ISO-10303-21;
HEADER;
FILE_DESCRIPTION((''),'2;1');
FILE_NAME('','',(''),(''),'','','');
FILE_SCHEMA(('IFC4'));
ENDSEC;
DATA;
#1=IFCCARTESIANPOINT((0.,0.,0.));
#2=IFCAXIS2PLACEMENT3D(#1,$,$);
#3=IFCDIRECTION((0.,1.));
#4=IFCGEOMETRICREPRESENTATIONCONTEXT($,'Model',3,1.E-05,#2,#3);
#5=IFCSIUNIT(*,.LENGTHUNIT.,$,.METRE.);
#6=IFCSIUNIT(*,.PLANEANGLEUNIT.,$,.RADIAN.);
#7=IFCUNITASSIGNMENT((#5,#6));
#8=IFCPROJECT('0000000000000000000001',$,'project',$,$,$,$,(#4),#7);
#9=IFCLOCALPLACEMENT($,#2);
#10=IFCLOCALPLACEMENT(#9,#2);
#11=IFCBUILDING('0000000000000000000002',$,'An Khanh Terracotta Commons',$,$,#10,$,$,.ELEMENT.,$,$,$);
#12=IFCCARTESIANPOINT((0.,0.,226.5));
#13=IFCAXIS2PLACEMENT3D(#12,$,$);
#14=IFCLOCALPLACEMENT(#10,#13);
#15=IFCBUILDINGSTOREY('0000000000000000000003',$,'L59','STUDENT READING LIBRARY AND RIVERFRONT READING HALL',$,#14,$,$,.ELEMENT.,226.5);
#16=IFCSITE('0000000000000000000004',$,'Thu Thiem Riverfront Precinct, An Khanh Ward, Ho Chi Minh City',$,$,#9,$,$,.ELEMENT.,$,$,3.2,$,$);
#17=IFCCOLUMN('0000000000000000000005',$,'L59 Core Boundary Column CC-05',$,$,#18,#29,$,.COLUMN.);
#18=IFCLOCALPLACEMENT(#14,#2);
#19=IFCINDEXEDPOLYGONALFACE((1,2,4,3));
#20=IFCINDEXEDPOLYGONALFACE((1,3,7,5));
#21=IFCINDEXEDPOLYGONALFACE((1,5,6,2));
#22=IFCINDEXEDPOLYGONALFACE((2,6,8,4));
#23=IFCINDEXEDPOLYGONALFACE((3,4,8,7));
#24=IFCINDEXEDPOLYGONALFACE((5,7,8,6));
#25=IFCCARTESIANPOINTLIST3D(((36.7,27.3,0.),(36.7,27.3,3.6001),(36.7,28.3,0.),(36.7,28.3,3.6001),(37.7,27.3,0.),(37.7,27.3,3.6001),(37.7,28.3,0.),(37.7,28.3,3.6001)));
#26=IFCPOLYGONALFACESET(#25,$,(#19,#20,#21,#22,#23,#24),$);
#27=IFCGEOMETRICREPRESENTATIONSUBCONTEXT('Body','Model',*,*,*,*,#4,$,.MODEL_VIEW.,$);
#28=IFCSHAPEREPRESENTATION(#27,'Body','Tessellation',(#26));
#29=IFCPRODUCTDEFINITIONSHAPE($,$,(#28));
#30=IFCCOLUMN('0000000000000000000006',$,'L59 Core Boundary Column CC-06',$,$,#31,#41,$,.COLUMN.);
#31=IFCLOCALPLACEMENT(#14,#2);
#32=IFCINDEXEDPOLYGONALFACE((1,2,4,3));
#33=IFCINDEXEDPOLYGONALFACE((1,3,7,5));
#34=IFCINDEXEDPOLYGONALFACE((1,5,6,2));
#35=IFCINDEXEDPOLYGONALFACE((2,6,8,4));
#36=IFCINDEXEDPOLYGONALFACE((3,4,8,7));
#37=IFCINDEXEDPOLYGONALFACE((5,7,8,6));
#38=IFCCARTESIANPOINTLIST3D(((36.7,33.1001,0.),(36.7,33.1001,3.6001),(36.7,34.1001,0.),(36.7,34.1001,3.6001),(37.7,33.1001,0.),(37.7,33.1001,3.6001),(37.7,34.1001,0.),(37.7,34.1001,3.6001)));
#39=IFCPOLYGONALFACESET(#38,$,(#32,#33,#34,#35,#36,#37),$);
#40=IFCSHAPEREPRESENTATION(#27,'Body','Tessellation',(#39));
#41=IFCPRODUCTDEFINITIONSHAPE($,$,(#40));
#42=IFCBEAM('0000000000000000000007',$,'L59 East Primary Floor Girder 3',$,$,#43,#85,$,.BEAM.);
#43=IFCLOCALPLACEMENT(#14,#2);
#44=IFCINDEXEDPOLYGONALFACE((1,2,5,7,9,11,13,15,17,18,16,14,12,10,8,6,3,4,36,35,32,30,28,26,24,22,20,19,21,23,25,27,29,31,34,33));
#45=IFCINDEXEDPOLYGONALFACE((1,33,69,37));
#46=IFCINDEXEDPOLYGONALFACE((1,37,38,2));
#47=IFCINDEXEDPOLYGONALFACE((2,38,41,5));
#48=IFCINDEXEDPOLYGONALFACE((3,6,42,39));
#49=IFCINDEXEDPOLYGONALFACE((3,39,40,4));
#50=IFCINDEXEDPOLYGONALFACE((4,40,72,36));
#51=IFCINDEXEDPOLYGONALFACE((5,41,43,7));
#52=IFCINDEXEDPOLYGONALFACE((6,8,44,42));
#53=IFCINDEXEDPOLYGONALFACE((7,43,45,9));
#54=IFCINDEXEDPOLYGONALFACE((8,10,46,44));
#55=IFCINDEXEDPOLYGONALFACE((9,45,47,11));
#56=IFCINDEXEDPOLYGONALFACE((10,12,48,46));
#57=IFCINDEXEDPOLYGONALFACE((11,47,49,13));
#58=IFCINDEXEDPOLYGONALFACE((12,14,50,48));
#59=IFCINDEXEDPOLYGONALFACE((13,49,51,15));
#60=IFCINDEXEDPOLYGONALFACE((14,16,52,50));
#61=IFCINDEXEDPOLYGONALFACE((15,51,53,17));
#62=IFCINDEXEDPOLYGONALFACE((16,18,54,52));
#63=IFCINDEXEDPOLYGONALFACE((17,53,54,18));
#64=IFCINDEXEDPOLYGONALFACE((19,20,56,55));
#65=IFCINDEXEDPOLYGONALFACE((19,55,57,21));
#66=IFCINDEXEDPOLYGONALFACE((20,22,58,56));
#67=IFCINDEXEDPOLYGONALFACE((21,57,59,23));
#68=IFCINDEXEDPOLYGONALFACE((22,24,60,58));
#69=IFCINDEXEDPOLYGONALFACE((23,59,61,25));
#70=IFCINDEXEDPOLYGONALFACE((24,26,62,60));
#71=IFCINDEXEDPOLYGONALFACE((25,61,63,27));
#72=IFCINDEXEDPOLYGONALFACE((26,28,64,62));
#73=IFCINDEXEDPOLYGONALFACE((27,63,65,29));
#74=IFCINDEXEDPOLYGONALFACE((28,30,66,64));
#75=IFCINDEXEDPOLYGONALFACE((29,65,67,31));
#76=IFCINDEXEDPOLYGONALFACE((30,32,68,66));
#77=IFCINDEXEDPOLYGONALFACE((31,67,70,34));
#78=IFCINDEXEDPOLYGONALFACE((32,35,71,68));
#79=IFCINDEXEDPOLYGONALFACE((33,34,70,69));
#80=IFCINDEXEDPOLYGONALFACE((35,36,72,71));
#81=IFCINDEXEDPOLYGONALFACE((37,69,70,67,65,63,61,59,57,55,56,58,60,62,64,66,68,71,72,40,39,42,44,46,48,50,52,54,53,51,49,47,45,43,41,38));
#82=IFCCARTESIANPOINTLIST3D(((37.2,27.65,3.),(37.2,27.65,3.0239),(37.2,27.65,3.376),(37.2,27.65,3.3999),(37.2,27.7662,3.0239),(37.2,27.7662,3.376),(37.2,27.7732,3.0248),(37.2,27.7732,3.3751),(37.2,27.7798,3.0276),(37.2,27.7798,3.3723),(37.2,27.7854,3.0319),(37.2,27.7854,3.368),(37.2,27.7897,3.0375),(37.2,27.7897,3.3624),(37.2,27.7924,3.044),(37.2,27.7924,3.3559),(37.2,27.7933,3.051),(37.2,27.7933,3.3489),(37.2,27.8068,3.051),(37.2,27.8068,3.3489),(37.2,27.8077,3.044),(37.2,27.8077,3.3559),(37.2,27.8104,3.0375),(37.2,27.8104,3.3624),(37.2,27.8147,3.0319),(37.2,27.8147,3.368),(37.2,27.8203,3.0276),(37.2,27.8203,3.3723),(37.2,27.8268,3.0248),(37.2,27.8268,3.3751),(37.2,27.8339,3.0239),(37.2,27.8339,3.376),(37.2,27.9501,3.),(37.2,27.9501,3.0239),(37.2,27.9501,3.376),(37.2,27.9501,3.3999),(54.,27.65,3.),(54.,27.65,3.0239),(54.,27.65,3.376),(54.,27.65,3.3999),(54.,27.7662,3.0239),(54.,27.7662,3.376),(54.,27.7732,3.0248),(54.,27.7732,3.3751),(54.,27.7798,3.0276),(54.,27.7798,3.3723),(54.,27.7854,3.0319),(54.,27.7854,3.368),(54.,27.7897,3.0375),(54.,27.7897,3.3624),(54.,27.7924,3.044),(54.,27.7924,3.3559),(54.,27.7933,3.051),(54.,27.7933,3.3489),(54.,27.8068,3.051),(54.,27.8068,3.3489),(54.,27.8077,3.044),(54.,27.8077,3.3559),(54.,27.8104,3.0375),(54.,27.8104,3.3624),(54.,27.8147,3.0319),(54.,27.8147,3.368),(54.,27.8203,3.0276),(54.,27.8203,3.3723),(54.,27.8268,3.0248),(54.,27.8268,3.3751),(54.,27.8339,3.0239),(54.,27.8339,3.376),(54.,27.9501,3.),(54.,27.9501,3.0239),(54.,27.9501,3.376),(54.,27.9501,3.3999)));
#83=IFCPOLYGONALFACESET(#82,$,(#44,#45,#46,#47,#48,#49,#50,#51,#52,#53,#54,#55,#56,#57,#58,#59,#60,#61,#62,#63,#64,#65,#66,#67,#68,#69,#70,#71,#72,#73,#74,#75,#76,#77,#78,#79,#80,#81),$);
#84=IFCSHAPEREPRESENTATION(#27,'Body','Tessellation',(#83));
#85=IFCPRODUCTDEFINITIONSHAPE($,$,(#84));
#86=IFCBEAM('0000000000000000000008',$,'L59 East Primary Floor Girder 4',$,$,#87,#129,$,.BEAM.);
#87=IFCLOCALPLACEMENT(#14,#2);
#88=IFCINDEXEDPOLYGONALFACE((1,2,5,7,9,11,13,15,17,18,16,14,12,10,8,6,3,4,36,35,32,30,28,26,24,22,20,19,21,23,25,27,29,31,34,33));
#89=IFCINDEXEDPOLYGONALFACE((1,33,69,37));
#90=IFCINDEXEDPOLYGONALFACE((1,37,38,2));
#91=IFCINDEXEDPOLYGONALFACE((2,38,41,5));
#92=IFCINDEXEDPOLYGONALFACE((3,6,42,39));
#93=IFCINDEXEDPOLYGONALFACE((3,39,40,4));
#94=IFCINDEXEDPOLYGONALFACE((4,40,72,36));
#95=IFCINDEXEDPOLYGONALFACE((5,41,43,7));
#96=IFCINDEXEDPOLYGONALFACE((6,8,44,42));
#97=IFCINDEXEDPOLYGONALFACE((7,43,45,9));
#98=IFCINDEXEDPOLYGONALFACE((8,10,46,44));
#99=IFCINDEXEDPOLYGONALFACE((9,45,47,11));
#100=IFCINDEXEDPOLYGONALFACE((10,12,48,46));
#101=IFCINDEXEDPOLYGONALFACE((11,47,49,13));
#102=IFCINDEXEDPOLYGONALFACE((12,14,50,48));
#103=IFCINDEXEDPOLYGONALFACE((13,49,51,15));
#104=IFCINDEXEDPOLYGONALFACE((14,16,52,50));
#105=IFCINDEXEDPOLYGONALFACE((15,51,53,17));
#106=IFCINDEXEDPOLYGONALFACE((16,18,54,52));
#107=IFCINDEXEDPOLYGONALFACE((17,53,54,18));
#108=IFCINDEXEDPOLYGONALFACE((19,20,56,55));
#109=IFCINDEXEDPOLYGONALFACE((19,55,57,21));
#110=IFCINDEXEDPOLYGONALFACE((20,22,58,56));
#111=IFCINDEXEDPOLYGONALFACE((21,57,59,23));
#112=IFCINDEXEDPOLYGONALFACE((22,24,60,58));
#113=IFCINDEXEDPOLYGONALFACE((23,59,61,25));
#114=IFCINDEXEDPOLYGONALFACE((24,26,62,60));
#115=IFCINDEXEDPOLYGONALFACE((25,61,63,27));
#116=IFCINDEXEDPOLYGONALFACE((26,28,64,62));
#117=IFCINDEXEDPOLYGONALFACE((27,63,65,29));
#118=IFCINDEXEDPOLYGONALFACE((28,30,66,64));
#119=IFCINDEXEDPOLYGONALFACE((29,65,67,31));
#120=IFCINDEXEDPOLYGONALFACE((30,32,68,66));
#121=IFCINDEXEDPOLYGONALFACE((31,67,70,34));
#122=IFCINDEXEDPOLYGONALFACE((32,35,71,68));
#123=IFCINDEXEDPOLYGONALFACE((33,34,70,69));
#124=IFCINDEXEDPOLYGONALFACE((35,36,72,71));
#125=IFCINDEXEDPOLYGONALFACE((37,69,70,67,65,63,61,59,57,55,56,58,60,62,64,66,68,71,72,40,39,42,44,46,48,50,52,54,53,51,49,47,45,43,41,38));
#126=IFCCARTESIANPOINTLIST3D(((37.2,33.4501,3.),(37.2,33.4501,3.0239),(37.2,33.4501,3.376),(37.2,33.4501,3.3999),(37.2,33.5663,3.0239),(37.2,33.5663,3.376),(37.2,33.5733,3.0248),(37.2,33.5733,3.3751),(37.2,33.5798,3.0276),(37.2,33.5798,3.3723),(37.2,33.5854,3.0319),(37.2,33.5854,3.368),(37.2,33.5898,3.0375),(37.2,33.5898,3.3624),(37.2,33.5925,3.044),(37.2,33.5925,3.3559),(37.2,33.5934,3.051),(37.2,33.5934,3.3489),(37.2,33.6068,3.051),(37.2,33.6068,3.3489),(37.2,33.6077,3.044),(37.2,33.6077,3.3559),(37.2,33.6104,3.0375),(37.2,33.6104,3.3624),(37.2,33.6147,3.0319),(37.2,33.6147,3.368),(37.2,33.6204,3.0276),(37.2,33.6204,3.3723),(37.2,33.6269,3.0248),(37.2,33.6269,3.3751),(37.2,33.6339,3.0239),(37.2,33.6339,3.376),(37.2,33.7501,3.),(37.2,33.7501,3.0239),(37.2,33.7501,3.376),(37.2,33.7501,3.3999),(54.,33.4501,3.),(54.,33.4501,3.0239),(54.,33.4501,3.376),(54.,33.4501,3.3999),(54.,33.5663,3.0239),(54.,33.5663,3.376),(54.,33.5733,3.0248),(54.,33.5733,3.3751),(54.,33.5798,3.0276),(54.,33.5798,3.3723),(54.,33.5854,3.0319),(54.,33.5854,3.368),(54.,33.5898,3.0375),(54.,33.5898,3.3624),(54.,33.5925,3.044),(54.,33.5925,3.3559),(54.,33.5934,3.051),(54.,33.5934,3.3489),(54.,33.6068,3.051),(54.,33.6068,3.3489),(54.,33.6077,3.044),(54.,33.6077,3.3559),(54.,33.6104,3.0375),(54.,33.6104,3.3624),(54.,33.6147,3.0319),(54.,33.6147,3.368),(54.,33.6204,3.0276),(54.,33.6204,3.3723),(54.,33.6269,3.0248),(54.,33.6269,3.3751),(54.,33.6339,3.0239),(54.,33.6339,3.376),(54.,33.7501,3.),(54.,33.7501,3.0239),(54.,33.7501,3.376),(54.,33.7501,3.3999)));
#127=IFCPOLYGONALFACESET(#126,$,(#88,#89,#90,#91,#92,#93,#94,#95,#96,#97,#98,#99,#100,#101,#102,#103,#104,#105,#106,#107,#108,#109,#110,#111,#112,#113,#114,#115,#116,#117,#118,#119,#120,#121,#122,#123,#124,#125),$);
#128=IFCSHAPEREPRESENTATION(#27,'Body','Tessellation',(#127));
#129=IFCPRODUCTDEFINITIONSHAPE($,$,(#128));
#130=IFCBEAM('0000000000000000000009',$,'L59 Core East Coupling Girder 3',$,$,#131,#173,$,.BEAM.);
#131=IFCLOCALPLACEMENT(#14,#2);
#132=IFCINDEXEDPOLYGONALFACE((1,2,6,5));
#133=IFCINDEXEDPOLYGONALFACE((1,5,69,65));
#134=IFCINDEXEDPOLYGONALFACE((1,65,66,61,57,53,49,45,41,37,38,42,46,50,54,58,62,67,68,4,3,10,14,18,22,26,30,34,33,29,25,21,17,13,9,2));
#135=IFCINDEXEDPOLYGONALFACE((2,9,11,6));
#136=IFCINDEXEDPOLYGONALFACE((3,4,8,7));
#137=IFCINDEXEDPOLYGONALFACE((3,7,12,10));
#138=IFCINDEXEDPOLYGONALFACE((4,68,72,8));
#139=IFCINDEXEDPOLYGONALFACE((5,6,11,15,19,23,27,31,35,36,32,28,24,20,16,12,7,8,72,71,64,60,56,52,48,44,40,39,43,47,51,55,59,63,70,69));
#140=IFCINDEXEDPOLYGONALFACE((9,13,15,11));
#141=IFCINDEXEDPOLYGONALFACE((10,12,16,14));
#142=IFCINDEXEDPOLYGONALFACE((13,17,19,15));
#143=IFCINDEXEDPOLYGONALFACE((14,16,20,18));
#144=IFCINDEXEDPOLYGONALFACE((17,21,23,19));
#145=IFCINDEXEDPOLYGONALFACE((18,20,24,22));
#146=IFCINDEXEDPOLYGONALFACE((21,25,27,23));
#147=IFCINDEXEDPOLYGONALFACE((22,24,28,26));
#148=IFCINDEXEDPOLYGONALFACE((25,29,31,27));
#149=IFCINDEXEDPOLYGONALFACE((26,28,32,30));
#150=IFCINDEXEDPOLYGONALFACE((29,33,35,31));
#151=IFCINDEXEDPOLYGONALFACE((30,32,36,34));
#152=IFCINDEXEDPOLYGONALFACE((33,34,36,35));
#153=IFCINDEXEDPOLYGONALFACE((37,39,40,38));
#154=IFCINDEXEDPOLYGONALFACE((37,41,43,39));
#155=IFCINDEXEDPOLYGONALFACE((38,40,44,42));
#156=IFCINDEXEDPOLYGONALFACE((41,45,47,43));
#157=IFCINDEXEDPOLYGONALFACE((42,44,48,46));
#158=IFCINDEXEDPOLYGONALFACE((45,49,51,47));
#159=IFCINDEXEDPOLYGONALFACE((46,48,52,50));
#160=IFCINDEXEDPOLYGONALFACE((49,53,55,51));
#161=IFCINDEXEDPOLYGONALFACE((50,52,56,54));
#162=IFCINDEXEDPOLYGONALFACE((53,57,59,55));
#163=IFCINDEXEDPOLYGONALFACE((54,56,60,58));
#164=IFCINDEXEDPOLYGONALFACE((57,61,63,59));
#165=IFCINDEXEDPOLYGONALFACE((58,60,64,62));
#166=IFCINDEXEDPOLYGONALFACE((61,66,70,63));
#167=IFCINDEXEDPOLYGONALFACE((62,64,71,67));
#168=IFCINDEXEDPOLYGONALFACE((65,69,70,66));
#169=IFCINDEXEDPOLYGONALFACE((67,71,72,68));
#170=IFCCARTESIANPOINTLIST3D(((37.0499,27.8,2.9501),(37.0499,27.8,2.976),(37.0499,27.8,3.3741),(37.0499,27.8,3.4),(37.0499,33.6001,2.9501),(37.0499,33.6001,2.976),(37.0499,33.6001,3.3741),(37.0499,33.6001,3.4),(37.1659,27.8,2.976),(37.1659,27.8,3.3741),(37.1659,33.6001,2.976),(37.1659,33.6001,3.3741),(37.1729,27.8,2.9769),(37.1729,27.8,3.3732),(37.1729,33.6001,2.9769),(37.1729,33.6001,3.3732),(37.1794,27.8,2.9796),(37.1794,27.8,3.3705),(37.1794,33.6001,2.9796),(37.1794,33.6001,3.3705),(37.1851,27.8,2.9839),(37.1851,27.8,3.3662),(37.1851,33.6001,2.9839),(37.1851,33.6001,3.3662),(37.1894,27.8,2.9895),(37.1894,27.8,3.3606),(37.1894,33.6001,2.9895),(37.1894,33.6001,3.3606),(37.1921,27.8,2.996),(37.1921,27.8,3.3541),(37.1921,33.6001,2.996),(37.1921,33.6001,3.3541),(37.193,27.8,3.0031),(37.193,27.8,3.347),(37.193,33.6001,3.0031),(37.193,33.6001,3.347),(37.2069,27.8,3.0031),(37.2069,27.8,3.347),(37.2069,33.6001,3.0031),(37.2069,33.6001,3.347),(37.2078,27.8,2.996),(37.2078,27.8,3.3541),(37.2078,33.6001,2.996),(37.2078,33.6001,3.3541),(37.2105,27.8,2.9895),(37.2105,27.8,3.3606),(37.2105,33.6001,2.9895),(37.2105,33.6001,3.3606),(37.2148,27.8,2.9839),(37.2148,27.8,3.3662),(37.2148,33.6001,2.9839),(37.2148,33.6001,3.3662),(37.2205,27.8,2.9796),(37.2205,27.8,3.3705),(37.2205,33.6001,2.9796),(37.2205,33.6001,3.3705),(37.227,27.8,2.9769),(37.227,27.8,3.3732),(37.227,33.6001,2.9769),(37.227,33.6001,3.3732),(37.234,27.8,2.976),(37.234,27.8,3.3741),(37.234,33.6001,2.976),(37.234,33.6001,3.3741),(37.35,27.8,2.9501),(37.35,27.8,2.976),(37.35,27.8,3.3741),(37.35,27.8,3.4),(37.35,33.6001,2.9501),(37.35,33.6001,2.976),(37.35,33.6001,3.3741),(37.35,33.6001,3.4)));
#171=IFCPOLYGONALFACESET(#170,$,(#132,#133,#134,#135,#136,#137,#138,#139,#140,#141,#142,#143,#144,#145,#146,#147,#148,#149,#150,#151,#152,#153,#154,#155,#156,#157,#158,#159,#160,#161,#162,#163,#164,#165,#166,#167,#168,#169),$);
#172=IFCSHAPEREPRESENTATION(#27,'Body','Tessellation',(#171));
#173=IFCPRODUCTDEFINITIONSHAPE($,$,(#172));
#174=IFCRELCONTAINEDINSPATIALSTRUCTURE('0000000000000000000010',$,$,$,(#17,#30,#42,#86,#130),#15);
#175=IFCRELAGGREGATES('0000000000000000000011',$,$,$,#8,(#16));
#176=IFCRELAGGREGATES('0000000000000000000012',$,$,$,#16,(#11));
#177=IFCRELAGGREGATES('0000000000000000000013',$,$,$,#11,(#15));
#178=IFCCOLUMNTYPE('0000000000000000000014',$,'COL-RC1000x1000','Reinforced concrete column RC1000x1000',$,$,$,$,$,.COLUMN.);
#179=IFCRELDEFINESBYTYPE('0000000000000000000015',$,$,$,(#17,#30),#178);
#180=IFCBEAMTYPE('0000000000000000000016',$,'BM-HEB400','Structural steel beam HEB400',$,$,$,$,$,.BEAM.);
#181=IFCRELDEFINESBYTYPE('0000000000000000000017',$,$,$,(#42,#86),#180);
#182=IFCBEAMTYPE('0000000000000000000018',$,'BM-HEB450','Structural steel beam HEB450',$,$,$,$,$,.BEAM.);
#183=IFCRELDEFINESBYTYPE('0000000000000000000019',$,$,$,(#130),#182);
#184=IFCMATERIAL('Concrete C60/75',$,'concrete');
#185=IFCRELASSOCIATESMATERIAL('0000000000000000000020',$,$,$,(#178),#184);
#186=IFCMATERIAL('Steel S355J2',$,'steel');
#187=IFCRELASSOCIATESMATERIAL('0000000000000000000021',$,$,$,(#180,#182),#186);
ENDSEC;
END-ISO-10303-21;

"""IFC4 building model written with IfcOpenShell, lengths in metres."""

from ifc_helpers import new_model, si_unit, direction, frame, origin, origin_2d, place, context, subcontext, project, spatial, rectangle, i_section, extrude, material, material_profile, profile_set, type_object, element, save


model = new_model("IFC4")

# Units and contexts
model_context = context("Model", 3, precision=1e-05, world=origin(), true_north=direction((0.0, 1.0)))
body_context = subcontext(model_context, "Body", "Model", "MODEL_VIEW")
ifc_project = project(units=[si_unit("LENGTHUNIT", "METRE"), si_unit("PLANEANGLEUNIT", "RADIAN")], contexts=[model_context])

# Site, building, storey
site_placement = place(None, origin())
site = spatial("IfcSite", under=ifc_project, at=site_placement, Name="Thu Thiem Riverfront Precinct, An Khanh Ward, Ho Chi Minh City", CompositionType="ELEMENT", RefElevation=3.2)
building_placement = place(site_placement, origin())
building = spatial("IfcBuilding", under=site, at=building_placement, Name="An Khanh Terracotta Commons", CompositionType="ELEMENT")
storey_placement = place(building_placement, frame((0.0, 0.0, 226.5)))
storey = spatial("IfcBuildingStorey", under=building, at=storey_placement, Name="L59", Description="STUDENT READING LIBRARY AND RIVERFRONT READING HALL", CompositionType="ELEMENT", Elevation=226.5)

# Columns
ifc_material_1 = material(Name="Concrete C60/75", Category="concrete")
ifc_material_profile_1 = material_profile(ifc_material_1, rectangle(XDim=1.0, YDim=1.0, at=origin_2d()), Name="RC1000x1000")
ifc_profile_set_1 = profile_set([ifc_material_profile_1], Name="Concrete C60/75")
column_type = type_object("IfcColumnType", Name="COL-RC1000x1000", Description="Reinforced concrete column RC1000x1000", PredefinedType="COLUMN", material=ifc_profile_set_1)
for number, where, z_axis, x_axis, name in (
    (1, (37.2, 27.8, 0.0), (0.0, 0.0, 1.0), (1.0, 0.0, 0.0), "L59 Core Boundary Column CC-05"),
    (2, (37.2, 33.6001, 0.0), (0.0, 0.0, 1.0), (1.0, 0.0, 0.0), "L59 Core Boundary Column CC-06"),
):
    element("IfcColumn", number, at=place(storey_placement, frame(where, z_axis=z_axis, x_axis=x_axis)), inside=storey, type_object=column_type, Name=name, PredefinedType="COLUMN", context=body_context, shape_type="SweptSolid", body=[
        extrude(rectangle(XDim=1.0, YDim=1.0, at=origin_2d()), origin(), (0.0, 0.0, 1.0), 3.6001),
    ])

# Beams
ifc_material_2 = material(Name="Steel S355J2", Category="steel")
ifc_material_profile_2 = material_profile(ifc_material_2, i_section(OverallWidth=0.3, OverallDepth=0.3999, WebThickness=0.0134, FlangeThickness=0.0239, FilletRadius=0.0271, at=origin_2d()), Name="HEB400")
ifc_profile_set_2 = profile_set([ifc_material_profile_2], Name="Steel S355J2")
beam_type_1 = type_object("IfcBeamType", Name="BM-HEB400", Description="Structural steel beam HEB400", PredefinedType="BEAM", material=ifc_profile_set_2)
for number, where, z_axis, x_axis, name in (
    (3, (37.2, 27.8, 3.2), (1.0, 0.0, 0.0), (0.0, 1.0, 0.0), "L59 East Primary Floor Girder 3"),
    (4, (37.2, 33.6001, 3.2), (1.0, 0.0, 0.0), (0.0, 1.0, 0.0), "L59 East Primary Floor Girder 4"),
):
    element("IfcBeam", number, at=place(storey_placement, frame(where, z_axis=z_axis, x_axis=x_axis)), inside=storey, type_object=beam_type_1, Name=name, PredefinedType="BEAM", context=body_context, shape_type="SweptSolid", body=[
        extrude(i_section(OverallWidth=0.3, OverallDepth=0.3999, WebThickness=0.0134, FlangeThickness=0.0239, FilletRadius=0.0271, at=origin_2d()), origin(), (0.0, 0.0, 1.0), 16.8),
    ])
ifc_material_profile_3 = material_profile(ifc_material_2, i_section(OverallWidth=0.3, OverallDepth=0.45, WebThickness=0.0139, FlangeThickness=0.0259, FilletRadius=0.0271, at=origin_2d()), Name="HEB450")
ifc_profile_set_3 = profile_set([ifc_material_profile_3], Name="Steel S355J2")
beam_type_2 = type_object("IfcBeamType", Name="BM-HEB450", Description="Structural steel beam HEB450", PredefinedType="BEAM", material=ifc_profile_set_3)
beam_placement = place(storey_placement, frame((37.2, 27.8, 3.175), z_axis=(0.0, 1.0, 0.0), x_axis=(-1.0, 0.0, 0.0)))
element("IfcBeam", 5, at=beam_placement, inside=storey, type_object=beam_type_2, Name="L59 Core East Coupling Girder 3", PredefinedType="BEAM", context=body_context, shape_type="SweptSolid", body=[
    extrude(i_section(OverallWidth=0.3, OverallDepth=0.45, WebThickness=0.0139, FlangeThickness=0.0259, FilletRadius=0.0271, at=origin_2d()), origin(), (0.0, 0.0, 1.0), 5.8),
])

save(model, "model.ifc")
